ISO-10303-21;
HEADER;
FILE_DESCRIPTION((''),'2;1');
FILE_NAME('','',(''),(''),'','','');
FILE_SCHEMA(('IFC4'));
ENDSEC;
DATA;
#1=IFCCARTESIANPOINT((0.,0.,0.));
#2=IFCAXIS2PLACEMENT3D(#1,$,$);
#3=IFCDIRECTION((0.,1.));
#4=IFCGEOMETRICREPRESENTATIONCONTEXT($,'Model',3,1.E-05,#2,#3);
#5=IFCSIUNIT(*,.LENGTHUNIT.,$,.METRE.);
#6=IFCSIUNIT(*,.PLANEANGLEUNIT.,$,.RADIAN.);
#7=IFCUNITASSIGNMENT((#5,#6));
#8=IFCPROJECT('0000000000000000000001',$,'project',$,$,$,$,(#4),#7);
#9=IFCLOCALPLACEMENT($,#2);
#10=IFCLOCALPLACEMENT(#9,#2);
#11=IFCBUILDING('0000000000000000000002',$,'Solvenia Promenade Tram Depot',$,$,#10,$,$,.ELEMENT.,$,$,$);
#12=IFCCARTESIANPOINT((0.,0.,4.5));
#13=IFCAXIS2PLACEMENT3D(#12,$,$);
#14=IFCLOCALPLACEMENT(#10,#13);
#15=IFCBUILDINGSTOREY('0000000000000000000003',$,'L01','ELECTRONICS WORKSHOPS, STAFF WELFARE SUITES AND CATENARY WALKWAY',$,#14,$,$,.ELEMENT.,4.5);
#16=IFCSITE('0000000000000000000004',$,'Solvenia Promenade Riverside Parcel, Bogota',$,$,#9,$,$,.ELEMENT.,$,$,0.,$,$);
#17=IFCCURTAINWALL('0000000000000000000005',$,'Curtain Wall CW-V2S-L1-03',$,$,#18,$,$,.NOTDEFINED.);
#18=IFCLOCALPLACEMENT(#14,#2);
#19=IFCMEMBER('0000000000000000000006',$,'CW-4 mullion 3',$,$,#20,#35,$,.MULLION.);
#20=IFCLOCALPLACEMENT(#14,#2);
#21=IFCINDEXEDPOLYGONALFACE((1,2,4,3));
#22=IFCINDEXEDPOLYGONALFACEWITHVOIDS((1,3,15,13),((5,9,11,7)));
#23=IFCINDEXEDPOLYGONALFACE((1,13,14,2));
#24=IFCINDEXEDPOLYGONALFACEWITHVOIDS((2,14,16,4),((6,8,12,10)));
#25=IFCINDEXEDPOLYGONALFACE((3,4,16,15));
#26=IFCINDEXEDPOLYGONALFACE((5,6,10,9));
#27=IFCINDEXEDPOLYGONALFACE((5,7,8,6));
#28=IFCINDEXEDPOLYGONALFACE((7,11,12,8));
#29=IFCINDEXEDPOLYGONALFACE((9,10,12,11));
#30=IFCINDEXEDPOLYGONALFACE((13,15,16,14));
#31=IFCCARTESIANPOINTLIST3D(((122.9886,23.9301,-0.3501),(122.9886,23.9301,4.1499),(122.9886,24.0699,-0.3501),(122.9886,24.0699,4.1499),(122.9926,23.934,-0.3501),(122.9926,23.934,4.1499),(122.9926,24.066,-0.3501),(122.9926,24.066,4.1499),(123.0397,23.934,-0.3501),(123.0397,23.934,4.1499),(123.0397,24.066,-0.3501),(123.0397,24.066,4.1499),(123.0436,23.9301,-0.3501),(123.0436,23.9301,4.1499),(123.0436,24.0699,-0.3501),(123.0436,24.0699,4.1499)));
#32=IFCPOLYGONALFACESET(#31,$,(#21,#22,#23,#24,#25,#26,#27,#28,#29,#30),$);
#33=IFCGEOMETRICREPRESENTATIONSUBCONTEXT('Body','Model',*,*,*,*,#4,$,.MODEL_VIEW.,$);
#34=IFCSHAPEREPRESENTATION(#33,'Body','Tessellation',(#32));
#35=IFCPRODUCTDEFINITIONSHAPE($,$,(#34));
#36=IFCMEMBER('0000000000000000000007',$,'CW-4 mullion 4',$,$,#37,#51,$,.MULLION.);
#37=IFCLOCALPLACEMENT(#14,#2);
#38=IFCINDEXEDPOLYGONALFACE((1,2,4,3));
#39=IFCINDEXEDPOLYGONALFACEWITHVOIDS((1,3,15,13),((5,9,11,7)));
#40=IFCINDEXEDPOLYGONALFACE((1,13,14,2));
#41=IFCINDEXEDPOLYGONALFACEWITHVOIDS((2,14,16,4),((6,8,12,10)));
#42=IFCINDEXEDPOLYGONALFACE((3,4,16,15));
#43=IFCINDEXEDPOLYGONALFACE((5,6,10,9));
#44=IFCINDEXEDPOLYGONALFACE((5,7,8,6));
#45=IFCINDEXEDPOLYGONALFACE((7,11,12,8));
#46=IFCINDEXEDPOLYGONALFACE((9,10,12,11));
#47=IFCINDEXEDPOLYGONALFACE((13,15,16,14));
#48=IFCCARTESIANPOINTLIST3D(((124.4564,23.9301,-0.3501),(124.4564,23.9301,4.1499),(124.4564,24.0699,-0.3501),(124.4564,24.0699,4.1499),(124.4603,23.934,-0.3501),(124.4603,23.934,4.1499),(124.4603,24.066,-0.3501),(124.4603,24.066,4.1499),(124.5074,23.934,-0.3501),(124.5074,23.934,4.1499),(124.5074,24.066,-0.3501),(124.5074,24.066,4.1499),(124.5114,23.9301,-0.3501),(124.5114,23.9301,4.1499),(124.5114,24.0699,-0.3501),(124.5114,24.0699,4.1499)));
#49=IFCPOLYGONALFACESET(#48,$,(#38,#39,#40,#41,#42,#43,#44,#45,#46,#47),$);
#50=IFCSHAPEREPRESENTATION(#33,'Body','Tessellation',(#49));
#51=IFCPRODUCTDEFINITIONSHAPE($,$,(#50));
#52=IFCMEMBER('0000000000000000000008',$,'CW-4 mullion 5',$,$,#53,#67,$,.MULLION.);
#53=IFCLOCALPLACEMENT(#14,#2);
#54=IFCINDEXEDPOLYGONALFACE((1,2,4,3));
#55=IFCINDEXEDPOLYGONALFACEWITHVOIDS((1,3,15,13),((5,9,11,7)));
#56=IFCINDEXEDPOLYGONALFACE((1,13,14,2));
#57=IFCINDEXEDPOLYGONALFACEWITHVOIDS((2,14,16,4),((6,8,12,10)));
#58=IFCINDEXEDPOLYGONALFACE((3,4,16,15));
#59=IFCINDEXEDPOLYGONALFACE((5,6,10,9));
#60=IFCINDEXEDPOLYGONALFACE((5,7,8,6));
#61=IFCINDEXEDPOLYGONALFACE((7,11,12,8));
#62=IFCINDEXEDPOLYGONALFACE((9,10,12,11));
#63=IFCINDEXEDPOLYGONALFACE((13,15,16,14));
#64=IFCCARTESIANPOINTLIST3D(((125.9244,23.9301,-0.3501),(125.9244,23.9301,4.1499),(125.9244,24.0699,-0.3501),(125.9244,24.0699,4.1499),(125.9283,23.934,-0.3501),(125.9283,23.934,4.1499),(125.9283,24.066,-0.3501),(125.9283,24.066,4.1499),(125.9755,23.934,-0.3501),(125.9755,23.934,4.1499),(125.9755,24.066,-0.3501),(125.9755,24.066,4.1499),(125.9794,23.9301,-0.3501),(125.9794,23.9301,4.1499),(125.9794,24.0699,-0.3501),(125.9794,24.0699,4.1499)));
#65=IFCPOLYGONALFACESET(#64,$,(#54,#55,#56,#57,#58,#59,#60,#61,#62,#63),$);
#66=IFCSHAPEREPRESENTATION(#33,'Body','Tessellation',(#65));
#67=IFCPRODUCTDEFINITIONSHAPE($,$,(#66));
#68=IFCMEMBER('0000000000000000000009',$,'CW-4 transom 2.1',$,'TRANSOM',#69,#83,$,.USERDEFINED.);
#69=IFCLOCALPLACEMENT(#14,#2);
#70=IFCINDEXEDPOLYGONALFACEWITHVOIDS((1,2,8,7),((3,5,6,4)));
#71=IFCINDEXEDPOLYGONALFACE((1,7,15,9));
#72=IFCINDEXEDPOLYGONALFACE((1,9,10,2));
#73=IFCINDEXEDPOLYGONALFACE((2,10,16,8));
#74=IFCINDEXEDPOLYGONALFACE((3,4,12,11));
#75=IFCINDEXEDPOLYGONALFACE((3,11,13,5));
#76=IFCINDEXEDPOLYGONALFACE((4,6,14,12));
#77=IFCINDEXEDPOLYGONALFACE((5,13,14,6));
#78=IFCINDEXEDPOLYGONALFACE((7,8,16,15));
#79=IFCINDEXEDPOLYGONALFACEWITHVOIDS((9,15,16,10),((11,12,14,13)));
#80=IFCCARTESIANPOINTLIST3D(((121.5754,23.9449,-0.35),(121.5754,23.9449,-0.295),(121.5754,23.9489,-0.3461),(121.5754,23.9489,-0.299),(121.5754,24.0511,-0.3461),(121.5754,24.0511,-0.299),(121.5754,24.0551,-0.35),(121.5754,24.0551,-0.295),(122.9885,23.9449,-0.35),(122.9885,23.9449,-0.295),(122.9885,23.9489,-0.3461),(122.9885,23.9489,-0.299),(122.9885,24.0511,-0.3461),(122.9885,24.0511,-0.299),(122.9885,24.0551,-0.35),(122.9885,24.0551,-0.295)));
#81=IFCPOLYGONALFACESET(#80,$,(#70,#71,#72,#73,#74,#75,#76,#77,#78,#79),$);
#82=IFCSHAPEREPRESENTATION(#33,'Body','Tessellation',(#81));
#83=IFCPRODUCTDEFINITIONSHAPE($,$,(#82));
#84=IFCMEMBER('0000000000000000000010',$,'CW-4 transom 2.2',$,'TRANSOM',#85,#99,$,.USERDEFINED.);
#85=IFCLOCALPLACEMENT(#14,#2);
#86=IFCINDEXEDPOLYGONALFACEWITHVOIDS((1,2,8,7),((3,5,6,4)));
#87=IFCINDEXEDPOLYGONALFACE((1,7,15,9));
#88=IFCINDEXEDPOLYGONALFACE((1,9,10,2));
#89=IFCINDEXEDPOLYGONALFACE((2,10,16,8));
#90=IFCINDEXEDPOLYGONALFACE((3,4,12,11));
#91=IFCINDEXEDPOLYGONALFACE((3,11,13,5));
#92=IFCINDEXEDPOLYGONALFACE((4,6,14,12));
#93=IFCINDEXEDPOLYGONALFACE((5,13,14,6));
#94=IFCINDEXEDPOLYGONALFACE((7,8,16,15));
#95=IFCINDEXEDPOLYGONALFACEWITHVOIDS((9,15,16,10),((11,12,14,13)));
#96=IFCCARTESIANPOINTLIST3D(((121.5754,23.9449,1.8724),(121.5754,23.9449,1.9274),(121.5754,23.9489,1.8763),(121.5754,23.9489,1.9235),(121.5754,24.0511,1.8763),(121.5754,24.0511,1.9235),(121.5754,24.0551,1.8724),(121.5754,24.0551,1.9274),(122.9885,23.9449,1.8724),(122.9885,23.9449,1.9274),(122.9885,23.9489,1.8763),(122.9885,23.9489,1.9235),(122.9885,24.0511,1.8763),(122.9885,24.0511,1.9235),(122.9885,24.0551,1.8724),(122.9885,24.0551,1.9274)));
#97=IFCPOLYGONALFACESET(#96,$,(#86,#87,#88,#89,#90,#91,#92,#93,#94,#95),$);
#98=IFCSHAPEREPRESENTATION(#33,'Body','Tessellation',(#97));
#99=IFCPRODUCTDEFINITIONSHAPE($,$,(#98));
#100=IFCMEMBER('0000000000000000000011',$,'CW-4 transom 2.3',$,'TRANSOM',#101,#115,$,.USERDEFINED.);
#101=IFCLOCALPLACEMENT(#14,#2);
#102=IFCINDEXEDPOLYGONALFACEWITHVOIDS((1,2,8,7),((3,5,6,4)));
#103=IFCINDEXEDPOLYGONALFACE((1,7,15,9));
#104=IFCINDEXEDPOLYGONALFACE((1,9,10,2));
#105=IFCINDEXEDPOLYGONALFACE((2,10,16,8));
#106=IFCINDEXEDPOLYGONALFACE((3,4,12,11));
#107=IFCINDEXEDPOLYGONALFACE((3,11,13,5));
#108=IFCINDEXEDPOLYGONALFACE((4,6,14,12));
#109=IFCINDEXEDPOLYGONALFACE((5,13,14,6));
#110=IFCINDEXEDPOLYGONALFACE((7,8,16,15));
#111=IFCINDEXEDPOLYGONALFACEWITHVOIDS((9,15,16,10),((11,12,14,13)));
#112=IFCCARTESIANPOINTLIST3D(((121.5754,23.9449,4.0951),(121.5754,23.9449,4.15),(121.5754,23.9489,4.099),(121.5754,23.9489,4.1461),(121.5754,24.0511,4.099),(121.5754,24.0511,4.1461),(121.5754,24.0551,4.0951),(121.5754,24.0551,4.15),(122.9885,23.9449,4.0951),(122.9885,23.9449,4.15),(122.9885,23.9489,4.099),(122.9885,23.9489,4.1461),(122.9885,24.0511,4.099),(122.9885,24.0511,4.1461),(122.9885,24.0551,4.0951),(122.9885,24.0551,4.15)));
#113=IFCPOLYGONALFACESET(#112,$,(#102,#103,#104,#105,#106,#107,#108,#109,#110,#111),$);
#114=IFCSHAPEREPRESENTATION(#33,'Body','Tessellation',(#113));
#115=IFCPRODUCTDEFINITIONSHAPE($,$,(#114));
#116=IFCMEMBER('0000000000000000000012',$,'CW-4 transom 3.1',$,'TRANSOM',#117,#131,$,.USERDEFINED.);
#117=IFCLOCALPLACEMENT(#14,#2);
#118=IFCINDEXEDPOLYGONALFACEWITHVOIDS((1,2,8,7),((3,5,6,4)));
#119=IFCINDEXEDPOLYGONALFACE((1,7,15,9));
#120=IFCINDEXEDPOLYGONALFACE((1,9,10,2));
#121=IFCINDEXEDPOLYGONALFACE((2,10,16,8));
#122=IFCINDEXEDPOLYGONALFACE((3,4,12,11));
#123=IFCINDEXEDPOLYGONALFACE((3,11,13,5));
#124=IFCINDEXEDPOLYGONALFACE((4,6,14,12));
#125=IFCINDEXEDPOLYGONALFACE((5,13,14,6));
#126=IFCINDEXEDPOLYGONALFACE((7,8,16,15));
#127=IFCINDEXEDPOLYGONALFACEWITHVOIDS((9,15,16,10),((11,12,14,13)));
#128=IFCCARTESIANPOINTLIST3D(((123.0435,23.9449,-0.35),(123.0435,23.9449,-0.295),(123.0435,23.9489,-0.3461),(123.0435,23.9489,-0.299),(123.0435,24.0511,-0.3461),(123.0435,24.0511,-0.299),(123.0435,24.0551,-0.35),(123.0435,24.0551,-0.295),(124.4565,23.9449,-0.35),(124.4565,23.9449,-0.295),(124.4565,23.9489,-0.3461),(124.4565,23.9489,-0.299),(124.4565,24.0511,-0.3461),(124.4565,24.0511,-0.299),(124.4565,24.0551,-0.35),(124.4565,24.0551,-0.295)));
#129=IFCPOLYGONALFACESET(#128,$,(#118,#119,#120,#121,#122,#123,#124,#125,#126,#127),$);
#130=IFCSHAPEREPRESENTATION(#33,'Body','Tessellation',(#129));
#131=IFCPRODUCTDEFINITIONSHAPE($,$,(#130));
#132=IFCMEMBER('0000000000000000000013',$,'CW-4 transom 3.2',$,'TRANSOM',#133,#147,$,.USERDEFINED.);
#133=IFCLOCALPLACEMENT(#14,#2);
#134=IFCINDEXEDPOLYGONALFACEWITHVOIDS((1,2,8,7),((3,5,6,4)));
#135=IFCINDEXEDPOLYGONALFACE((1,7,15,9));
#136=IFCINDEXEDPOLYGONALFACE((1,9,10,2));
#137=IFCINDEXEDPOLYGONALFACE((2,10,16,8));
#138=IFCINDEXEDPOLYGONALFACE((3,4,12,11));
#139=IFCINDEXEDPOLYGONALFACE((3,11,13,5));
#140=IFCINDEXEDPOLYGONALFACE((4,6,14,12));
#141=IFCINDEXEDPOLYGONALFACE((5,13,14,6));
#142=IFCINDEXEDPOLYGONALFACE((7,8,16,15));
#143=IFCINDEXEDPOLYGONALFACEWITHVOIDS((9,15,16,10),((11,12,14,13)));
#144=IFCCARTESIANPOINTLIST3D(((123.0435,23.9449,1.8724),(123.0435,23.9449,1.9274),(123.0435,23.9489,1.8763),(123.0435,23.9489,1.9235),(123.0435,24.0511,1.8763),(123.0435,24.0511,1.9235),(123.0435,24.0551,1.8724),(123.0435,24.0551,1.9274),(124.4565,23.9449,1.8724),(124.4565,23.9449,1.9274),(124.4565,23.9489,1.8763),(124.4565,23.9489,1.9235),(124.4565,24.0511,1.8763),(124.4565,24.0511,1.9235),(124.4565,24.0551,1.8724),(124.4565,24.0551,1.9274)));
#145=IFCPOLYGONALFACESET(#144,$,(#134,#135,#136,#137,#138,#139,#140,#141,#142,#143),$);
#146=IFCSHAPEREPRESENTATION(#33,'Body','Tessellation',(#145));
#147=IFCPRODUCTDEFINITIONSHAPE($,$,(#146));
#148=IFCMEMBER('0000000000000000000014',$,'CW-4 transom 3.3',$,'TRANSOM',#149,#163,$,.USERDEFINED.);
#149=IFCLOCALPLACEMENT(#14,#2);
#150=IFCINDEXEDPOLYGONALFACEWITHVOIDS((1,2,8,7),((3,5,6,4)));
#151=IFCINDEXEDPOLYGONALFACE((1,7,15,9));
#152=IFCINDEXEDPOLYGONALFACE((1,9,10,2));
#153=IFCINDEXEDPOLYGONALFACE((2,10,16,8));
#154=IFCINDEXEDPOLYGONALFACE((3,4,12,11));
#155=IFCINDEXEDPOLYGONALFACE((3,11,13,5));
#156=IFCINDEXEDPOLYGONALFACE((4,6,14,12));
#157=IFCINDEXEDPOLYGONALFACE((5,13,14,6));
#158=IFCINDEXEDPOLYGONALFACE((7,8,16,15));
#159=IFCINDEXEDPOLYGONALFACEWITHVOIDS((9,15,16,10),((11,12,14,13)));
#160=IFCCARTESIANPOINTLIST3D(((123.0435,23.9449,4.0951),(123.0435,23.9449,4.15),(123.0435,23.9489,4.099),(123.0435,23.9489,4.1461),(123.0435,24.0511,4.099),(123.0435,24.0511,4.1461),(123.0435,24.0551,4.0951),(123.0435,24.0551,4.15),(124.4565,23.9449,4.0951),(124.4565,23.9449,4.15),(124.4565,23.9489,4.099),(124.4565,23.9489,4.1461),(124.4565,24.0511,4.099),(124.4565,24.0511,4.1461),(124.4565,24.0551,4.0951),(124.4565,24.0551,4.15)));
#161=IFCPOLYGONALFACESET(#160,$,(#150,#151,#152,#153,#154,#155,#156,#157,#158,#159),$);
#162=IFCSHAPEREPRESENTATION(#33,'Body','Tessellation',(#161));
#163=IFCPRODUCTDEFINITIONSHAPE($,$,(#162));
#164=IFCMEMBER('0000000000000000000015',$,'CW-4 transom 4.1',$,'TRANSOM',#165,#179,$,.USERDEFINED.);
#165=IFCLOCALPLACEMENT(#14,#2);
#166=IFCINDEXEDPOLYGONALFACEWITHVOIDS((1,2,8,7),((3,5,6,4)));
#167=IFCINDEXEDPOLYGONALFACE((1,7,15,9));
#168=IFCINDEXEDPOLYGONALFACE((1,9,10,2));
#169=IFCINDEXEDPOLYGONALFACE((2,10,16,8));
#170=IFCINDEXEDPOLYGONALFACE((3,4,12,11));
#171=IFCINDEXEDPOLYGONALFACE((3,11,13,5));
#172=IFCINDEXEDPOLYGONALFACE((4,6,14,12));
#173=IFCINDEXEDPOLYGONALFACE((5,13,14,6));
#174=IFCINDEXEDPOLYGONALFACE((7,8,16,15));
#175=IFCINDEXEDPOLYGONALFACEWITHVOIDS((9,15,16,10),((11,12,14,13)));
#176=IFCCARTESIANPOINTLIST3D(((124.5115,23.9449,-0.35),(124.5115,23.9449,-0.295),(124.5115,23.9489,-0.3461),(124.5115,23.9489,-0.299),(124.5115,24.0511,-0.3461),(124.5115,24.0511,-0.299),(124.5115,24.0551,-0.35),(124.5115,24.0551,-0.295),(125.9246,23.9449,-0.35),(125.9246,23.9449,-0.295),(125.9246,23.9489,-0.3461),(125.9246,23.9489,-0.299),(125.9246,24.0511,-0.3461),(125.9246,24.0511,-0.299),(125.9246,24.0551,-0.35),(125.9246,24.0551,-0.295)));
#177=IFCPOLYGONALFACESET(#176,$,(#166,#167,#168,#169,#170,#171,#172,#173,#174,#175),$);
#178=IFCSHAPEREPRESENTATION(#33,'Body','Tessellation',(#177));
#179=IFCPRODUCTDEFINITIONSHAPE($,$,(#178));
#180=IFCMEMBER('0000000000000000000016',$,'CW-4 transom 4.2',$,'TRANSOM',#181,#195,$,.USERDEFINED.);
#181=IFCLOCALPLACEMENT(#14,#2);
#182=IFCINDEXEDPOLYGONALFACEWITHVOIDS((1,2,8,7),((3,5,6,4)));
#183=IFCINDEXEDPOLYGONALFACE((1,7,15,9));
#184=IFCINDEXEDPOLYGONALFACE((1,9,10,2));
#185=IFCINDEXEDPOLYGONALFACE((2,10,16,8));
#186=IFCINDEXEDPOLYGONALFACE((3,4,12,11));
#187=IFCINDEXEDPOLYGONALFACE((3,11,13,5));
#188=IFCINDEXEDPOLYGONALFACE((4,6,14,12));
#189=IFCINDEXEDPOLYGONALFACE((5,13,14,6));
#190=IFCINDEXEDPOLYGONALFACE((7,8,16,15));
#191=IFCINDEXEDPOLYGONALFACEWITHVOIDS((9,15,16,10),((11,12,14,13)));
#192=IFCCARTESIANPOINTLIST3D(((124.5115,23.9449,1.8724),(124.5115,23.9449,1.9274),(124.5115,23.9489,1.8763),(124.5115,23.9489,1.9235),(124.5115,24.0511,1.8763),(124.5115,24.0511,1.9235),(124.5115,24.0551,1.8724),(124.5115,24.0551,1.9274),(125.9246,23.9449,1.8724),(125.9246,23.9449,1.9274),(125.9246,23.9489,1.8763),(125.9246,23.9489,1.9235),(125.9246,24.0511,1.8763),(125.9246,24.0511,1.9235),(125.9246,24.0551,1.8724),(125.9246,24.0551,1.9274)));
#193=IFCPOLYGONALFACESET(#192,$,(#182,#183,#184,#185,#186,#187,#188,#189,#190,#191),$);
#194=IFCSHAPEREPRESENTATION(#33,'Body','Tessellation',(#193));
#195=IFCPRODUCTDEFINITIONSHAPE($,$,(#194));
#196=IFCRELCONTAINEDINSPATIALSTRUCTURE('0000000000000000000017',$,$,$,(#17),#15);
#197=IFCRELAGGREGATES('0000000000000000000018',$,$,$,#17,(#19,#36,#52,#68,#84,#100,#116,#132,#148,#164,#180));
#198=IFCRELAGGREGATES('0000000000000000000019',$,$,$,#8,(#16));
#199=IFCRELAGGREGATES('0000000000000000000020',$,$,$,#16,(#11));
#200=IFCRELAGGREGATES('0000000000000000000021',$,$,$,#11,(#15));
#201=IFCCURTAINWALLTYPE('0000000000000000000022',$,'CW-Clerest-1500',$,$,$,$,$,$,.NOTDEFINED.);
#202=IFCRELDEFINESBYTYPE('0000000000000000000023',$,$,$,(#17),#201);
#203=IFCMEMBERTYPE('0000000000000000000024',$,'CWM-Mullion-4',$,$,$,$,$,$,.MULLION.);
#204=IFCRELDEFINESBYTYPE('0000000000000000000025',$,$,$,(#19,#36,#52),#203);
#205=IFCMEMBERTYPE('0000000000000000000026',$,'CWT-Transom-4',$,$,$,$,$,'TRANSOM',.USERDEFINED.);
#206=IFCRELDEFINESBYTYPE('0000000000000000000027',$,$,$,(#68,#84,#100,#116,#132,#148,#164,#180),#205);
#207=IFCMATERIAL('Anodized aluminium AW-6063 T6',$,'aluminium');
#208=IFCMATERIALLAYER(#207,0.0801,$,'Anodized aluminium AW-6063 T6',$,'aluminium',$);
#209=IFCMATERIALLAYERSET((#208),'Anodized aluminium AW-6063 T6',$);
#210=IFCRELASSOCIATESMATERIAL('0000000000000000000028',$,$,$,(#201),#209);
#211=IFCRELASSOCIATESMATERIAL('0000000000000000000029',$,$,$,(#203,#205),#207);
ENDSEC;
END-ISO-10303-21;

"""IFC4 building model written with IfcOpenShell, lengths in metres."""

from ifc_helpers import new_model, si_unit, direction, frame, origin, origin_2d, place, context, subcontext, project, spatial, hollow_rectangle, extrude, material, layer, layer_set, material_profile, profile_set, type_object, element, aggregate, save


model = new_model("IFC4")

# Units and contexts
model_context = context("Model", 3, precision=1e-05, world=origin(), true_north=direction((0.0, 1.0)))
body_context = subcontext(model_context, "Body", "Model", "MODEL_VIEW")
ifc_project = project(units=[si_unit("LENGTHUNIT", "METRE"), si_unit("PLANEANGLEUNIT", "RADIAN")], contexts=[model_context])

# Site, building, storey
site_placement = place(None, origin())
site = spatial("IfcSite", under=ifc_project, at=site_placement, Name="Solvenia Promenade Riverside Parcel, Bogota", CompositionType="ELEMENT", RefElevation=0.0)
building_placement = place(site_placement, origin())
building = spatial("IfcBuilding", under=site, at=building_placement, Name="Solvenia Promenade Tram Depot", CompositionType="ELEMENT")
storey_placement = place(building_placement, frame((0.0, 0.0, 4.5)))
storey = spatial("IfcBuildingStorey", under=building, at=storey_placement, Name="L01", Description="ELECTRONICS WORKSHOPS, STAFF WELFARE SUITES AND CATENARY WALKWAY", CompositionType="ELEMENT", Elevation=4.5)

# Curtain wall, members
ifc_material_1 = material(Name="Anodized aluminium AW-6063 T6", Category="aluminium")
ifc_layer_1 = layer(ifc_material_1, 0.0801, Name="Anodized aluminium AW-6063 T6", Category="aluminium")
ifc_layer_set_1 = layer_set([ifc_layer_1], Name="Anodized aluminium AW-6063 T6")
curtain_wall_type = type_object("IfcCurtainWallType", Name="CW-Clerest-1500", PredefinedType="NOTDEFINED", material=ifc_layer_set_1)
curtain_wall_placement = place(storey_placement, origin())
curtain_wall = element("IfcCurtainWall", 1, at=curtain_wall_placement, inside=storey, type_object=curtain_wall_type, Name="Curtain Wall CW-V2S-L1-03", PredefinedType="NOTDEFINED")
ifc_material_profile_1 = material_profile(ifc_material_1, hollow_rectangle(XDim=0.1399, YDim=0.0549, WallThickness=0.0039, at=origin_2d()), Name="ALU-M4", Category="aluminium")
ifc_profile_set_1 = profile_set([ifc_material_profile_1], Name="Anodized aluminium AW-6063 T6")
member_type_1 = type_object("IfcMemberType", Name="CWM-Mullion-4", PredefinedType="MULLION", material=ifc_profile_set_1)
member_1_placement = place(storey_placement, frame((123.0161, 24.0, -0.3501), z_axis=(0.0, 0.0, 1.0), x_axis=(0.0, 1.0, 0.0)))
member_1 = element("IfcMember", 2, at=member_1_placement, type_object=member_type_1, Name="CW-4 mullion 3", PredefinedType="MULLION", context=body_context, shape_type="SweptSolid", body=[
    extrude(hollow_rectangle(XDim=0.1399, YDim=0.0549, WallThickness=0.0039, at=origin_2d()), origin(), (0.0, 0.0, 1.0), 4.5),
])
member_2_placement = place(storey_placement, frame((124.4839, 24.0, -0.3501), z_axis=(0.0, 0.0, 1.0), x_axis=(0.0, 1.0, 0.0)))
member_2 = element("IfcMember", 3, at=member_2_placement, type_object=member_type_1, Name="CW-4 mullion 4", PredefinedType="MULLION", context=body_context, shape_type="SweptSolid", body=[
    extrude(hollow_rectangle(XDim=0.1399, YDim=0.0549, WallThickness=0.0039, at=origin_2d()), origin(), (0.0, 0.0, 1.0), 4.5),
])
member_3_placement = place(storey_placement, frame((125.9519, 24.0, -0.3501), z_axis=(0.0, 0.0, 1.0), x_axis=(0.0, 1.0, 0.0)))
member_3 = element("IfcMember", 4, at=member_3_placement, type_object=member_type_1, Name="CW-4 mullion 5", PredefinedType="MULLION", context=body_context, shape_type="SweptSolid", body=[
    extrude(hollow_rectangle(XDim=0.1399, YDim=0.0549, WallThickness=0.0039, at=origin_2d()), origin(), (0.0, 0.0, 1.0), 4.5),
])
ifc_material_profile_2 = material_profile(ifc_material_1, hollow_rectangle(XDim=0.1101, YDim=0.0549, WallThickness=0.0039, at=origin_2d()), Name="ALU-T4", Category="aluminium")
ifc_profile_set_2 = profile_set([ifc_material_profile_2], Name="Anodized aluminium AW-6063 T6")
member_type_2 = type_object("IfcMemberType", Name="CWT-Transom-4", ElementType="TRANSOM", PredefinedType="USERDEFINED", material=ifc_profile_set_2)
member_4_placement = place(storey_placement, frame((121.5754, 24.0, -0.3225), z_axis=(1.0, 0.0, 0.0), x_axis=(0.0, 1.0, 0.0)))
member_4 = element("IfcMember", 5, at=member_4_placement, type_object=member_type_2, Name="CW-4 transom 2.1", ObjectType="TRANSOM", PredefinedType="USERDEFINED", context=body_context, shape_type="SweptSolid", body=[
    extrude(hollow_rectangle(XDim=0.1101, YDim=0.0549, WallThickness=0.0039, at=origin_2d()), origin(), (0.0, 0.0, 1.0), 1.4131),
])
member_5_placement = place(storey_placement, frame((121.5754, 24.0, 1.8999), z_axis=(1.0, 0.0, 0.0), x_axis=(0.0, 1.0, 0.0)))
member_5 = element("IfcMember", 6, at=member_5_placement, type_object=member_type_2, Name="CW-4 transom 2.2", ObjectType="TRANSOM", PredefinedType="USERDEFINED", context=body_context, shape_type="SweptSolid", body=[
    extrude(hollow_rectangle(XDim=0.1101, YDim=0.0549, WallThickness=0.0039, at=origin_2d()), origin(), (0.0, 0.0, 1.0), 1.4131),
])
member_6_placement = place(storey_placement, frame((121.5754, 24.0, 4.1226), z_axis=(1.0, 0.0, 0.0), x_axis=(0.0, 1.0, 0.0)))
member_6 = element("IfcMember", 7, at=member_6_placement, type_object=member_type_2, Name="CW-4 transom 2.3", ObjectType="TRANSOM", PredefinedType="USERDEFINED", context=body_context, shape_type="SweptSolid", body=[
    extrude(hollow_rectangle(XDim=0.1101, YDim=0.0549, WallThickness=0.0039, at=origin_2d()), origin(), (0.0, 0.0, 1.0), 1.4131),
])
member_7_placement = place(storey_placement, frame((123.0435, 24.0, -0.3225), z_axis=(1.0, 0.0, 0.0), x_axis=(0.0, 1.0, 0.0)))
member_7 = element("IfcMember", 8, at=member_7_placement, type_object=member_type_2, Name="CW-4 transom 3.1", ObjectType="TRANSOM", PredefinedType="USERDEFINED", context=body_context, shape_type="SweptSolid", body=[
    extrude(hollow_rectangle(XDim=0.1101, YDim=0.0549, WallThickness=0.0039, at=origin_2d()), origin(), (0.0, 0.0, 1.0), 1.4131),
])
member_8_placement = place(storey_placement, frame((123.0435, 24.0, 1.8999), z_axis=(1.0, 0.0, 0.0), x_axis=(0.0, 1.0, 0.0)))
member_8 = element("IfcMember", 9, at=member_8_placement, type_object=member_type_2, Name="CW-4 transom 3.2", ObjectType="TRANSOM", PredefinedType="USERDEFINED", context=body_context, shape_type="SweptSolid", body=[
    extrude(hollow_rectangle(XDim=0.1101, YDim=0.0549, WallThickness=0.0039, at=origin_2d()), origin(), (0.0, 0.0, 1.0), 1.4131),
])
member_9_placement = place(storey_placement, frame((123.0435, 24.0, 4.1226), z_axis=(1.0, 0.0, 0.0), x_axis=(0.0, 1.0, 0.0)))
member_9 = element("IfcMember", 10, at=member_9_placement, type_object=member_type_2, Name="CW-4 transom 3.3", ObjectType="TRANSOM", PredefinedType="USERDEFINED", context=body_context, shape_type="SweptSolid", body=[
    extrude(hollow_rectangle(XDim=0.1101, YDim=0.0549, WallThickness=0.0039, at=origin_2d()), origin(), (0.0, 0.0, 1.0), 1.4131),
])
member_10_placement = place(storey_placement, frame((124.5115, 24.0, -0.3225), z_axis=(1.0, 0.0, 0.0), x_axis=(0.0, 1.0, 0.0)))
member_10 = element("IfcMember", 11, at=member_10_placement, type_object=member_type_2, Name="CW-4 transom 4.1", ObjectType="TRANSOM", PredefinedType="USERDEFINED", context=body_context, shape_type="SweptSolid", body=[
    extrude(hollow_rectangle(XDim=0.1101, YDim=0.0549, WallThickness=0.0039, at=origin_2d()), origin(), (0.0, 0.0, 1.0), 1.4131),
])
member_11_placement = place(storey_placement, frame((124.5115, 24.0, 1.8999), z_axis=(1.0, 0.0, 0.0), x_axis=(0.0, 1.0, 0.0)))
member_11 = element("IfcMember", 12, at=member_11_placement, type_object=member_type_2, Name="CW-4 transom 4.2", ObjectType="TRANSOM", PredefinedType="USERDEFINED", context=body_context, shape_type="SweptSolid", body=[
    extrude(hollow_rectangle(XDim=0.1101, YDim=0.0549, WallThickness=0.0039, at=origin_2d()), origin(), (0.0, 0.0, 1.0), 1.4131),
])
aggregate(curtain_wall, [member_1, member_2, member_3, member_4, member_5, member_6, member_7, member_8, member_9, member_10, member_11])

save(model, "model.ifc")
